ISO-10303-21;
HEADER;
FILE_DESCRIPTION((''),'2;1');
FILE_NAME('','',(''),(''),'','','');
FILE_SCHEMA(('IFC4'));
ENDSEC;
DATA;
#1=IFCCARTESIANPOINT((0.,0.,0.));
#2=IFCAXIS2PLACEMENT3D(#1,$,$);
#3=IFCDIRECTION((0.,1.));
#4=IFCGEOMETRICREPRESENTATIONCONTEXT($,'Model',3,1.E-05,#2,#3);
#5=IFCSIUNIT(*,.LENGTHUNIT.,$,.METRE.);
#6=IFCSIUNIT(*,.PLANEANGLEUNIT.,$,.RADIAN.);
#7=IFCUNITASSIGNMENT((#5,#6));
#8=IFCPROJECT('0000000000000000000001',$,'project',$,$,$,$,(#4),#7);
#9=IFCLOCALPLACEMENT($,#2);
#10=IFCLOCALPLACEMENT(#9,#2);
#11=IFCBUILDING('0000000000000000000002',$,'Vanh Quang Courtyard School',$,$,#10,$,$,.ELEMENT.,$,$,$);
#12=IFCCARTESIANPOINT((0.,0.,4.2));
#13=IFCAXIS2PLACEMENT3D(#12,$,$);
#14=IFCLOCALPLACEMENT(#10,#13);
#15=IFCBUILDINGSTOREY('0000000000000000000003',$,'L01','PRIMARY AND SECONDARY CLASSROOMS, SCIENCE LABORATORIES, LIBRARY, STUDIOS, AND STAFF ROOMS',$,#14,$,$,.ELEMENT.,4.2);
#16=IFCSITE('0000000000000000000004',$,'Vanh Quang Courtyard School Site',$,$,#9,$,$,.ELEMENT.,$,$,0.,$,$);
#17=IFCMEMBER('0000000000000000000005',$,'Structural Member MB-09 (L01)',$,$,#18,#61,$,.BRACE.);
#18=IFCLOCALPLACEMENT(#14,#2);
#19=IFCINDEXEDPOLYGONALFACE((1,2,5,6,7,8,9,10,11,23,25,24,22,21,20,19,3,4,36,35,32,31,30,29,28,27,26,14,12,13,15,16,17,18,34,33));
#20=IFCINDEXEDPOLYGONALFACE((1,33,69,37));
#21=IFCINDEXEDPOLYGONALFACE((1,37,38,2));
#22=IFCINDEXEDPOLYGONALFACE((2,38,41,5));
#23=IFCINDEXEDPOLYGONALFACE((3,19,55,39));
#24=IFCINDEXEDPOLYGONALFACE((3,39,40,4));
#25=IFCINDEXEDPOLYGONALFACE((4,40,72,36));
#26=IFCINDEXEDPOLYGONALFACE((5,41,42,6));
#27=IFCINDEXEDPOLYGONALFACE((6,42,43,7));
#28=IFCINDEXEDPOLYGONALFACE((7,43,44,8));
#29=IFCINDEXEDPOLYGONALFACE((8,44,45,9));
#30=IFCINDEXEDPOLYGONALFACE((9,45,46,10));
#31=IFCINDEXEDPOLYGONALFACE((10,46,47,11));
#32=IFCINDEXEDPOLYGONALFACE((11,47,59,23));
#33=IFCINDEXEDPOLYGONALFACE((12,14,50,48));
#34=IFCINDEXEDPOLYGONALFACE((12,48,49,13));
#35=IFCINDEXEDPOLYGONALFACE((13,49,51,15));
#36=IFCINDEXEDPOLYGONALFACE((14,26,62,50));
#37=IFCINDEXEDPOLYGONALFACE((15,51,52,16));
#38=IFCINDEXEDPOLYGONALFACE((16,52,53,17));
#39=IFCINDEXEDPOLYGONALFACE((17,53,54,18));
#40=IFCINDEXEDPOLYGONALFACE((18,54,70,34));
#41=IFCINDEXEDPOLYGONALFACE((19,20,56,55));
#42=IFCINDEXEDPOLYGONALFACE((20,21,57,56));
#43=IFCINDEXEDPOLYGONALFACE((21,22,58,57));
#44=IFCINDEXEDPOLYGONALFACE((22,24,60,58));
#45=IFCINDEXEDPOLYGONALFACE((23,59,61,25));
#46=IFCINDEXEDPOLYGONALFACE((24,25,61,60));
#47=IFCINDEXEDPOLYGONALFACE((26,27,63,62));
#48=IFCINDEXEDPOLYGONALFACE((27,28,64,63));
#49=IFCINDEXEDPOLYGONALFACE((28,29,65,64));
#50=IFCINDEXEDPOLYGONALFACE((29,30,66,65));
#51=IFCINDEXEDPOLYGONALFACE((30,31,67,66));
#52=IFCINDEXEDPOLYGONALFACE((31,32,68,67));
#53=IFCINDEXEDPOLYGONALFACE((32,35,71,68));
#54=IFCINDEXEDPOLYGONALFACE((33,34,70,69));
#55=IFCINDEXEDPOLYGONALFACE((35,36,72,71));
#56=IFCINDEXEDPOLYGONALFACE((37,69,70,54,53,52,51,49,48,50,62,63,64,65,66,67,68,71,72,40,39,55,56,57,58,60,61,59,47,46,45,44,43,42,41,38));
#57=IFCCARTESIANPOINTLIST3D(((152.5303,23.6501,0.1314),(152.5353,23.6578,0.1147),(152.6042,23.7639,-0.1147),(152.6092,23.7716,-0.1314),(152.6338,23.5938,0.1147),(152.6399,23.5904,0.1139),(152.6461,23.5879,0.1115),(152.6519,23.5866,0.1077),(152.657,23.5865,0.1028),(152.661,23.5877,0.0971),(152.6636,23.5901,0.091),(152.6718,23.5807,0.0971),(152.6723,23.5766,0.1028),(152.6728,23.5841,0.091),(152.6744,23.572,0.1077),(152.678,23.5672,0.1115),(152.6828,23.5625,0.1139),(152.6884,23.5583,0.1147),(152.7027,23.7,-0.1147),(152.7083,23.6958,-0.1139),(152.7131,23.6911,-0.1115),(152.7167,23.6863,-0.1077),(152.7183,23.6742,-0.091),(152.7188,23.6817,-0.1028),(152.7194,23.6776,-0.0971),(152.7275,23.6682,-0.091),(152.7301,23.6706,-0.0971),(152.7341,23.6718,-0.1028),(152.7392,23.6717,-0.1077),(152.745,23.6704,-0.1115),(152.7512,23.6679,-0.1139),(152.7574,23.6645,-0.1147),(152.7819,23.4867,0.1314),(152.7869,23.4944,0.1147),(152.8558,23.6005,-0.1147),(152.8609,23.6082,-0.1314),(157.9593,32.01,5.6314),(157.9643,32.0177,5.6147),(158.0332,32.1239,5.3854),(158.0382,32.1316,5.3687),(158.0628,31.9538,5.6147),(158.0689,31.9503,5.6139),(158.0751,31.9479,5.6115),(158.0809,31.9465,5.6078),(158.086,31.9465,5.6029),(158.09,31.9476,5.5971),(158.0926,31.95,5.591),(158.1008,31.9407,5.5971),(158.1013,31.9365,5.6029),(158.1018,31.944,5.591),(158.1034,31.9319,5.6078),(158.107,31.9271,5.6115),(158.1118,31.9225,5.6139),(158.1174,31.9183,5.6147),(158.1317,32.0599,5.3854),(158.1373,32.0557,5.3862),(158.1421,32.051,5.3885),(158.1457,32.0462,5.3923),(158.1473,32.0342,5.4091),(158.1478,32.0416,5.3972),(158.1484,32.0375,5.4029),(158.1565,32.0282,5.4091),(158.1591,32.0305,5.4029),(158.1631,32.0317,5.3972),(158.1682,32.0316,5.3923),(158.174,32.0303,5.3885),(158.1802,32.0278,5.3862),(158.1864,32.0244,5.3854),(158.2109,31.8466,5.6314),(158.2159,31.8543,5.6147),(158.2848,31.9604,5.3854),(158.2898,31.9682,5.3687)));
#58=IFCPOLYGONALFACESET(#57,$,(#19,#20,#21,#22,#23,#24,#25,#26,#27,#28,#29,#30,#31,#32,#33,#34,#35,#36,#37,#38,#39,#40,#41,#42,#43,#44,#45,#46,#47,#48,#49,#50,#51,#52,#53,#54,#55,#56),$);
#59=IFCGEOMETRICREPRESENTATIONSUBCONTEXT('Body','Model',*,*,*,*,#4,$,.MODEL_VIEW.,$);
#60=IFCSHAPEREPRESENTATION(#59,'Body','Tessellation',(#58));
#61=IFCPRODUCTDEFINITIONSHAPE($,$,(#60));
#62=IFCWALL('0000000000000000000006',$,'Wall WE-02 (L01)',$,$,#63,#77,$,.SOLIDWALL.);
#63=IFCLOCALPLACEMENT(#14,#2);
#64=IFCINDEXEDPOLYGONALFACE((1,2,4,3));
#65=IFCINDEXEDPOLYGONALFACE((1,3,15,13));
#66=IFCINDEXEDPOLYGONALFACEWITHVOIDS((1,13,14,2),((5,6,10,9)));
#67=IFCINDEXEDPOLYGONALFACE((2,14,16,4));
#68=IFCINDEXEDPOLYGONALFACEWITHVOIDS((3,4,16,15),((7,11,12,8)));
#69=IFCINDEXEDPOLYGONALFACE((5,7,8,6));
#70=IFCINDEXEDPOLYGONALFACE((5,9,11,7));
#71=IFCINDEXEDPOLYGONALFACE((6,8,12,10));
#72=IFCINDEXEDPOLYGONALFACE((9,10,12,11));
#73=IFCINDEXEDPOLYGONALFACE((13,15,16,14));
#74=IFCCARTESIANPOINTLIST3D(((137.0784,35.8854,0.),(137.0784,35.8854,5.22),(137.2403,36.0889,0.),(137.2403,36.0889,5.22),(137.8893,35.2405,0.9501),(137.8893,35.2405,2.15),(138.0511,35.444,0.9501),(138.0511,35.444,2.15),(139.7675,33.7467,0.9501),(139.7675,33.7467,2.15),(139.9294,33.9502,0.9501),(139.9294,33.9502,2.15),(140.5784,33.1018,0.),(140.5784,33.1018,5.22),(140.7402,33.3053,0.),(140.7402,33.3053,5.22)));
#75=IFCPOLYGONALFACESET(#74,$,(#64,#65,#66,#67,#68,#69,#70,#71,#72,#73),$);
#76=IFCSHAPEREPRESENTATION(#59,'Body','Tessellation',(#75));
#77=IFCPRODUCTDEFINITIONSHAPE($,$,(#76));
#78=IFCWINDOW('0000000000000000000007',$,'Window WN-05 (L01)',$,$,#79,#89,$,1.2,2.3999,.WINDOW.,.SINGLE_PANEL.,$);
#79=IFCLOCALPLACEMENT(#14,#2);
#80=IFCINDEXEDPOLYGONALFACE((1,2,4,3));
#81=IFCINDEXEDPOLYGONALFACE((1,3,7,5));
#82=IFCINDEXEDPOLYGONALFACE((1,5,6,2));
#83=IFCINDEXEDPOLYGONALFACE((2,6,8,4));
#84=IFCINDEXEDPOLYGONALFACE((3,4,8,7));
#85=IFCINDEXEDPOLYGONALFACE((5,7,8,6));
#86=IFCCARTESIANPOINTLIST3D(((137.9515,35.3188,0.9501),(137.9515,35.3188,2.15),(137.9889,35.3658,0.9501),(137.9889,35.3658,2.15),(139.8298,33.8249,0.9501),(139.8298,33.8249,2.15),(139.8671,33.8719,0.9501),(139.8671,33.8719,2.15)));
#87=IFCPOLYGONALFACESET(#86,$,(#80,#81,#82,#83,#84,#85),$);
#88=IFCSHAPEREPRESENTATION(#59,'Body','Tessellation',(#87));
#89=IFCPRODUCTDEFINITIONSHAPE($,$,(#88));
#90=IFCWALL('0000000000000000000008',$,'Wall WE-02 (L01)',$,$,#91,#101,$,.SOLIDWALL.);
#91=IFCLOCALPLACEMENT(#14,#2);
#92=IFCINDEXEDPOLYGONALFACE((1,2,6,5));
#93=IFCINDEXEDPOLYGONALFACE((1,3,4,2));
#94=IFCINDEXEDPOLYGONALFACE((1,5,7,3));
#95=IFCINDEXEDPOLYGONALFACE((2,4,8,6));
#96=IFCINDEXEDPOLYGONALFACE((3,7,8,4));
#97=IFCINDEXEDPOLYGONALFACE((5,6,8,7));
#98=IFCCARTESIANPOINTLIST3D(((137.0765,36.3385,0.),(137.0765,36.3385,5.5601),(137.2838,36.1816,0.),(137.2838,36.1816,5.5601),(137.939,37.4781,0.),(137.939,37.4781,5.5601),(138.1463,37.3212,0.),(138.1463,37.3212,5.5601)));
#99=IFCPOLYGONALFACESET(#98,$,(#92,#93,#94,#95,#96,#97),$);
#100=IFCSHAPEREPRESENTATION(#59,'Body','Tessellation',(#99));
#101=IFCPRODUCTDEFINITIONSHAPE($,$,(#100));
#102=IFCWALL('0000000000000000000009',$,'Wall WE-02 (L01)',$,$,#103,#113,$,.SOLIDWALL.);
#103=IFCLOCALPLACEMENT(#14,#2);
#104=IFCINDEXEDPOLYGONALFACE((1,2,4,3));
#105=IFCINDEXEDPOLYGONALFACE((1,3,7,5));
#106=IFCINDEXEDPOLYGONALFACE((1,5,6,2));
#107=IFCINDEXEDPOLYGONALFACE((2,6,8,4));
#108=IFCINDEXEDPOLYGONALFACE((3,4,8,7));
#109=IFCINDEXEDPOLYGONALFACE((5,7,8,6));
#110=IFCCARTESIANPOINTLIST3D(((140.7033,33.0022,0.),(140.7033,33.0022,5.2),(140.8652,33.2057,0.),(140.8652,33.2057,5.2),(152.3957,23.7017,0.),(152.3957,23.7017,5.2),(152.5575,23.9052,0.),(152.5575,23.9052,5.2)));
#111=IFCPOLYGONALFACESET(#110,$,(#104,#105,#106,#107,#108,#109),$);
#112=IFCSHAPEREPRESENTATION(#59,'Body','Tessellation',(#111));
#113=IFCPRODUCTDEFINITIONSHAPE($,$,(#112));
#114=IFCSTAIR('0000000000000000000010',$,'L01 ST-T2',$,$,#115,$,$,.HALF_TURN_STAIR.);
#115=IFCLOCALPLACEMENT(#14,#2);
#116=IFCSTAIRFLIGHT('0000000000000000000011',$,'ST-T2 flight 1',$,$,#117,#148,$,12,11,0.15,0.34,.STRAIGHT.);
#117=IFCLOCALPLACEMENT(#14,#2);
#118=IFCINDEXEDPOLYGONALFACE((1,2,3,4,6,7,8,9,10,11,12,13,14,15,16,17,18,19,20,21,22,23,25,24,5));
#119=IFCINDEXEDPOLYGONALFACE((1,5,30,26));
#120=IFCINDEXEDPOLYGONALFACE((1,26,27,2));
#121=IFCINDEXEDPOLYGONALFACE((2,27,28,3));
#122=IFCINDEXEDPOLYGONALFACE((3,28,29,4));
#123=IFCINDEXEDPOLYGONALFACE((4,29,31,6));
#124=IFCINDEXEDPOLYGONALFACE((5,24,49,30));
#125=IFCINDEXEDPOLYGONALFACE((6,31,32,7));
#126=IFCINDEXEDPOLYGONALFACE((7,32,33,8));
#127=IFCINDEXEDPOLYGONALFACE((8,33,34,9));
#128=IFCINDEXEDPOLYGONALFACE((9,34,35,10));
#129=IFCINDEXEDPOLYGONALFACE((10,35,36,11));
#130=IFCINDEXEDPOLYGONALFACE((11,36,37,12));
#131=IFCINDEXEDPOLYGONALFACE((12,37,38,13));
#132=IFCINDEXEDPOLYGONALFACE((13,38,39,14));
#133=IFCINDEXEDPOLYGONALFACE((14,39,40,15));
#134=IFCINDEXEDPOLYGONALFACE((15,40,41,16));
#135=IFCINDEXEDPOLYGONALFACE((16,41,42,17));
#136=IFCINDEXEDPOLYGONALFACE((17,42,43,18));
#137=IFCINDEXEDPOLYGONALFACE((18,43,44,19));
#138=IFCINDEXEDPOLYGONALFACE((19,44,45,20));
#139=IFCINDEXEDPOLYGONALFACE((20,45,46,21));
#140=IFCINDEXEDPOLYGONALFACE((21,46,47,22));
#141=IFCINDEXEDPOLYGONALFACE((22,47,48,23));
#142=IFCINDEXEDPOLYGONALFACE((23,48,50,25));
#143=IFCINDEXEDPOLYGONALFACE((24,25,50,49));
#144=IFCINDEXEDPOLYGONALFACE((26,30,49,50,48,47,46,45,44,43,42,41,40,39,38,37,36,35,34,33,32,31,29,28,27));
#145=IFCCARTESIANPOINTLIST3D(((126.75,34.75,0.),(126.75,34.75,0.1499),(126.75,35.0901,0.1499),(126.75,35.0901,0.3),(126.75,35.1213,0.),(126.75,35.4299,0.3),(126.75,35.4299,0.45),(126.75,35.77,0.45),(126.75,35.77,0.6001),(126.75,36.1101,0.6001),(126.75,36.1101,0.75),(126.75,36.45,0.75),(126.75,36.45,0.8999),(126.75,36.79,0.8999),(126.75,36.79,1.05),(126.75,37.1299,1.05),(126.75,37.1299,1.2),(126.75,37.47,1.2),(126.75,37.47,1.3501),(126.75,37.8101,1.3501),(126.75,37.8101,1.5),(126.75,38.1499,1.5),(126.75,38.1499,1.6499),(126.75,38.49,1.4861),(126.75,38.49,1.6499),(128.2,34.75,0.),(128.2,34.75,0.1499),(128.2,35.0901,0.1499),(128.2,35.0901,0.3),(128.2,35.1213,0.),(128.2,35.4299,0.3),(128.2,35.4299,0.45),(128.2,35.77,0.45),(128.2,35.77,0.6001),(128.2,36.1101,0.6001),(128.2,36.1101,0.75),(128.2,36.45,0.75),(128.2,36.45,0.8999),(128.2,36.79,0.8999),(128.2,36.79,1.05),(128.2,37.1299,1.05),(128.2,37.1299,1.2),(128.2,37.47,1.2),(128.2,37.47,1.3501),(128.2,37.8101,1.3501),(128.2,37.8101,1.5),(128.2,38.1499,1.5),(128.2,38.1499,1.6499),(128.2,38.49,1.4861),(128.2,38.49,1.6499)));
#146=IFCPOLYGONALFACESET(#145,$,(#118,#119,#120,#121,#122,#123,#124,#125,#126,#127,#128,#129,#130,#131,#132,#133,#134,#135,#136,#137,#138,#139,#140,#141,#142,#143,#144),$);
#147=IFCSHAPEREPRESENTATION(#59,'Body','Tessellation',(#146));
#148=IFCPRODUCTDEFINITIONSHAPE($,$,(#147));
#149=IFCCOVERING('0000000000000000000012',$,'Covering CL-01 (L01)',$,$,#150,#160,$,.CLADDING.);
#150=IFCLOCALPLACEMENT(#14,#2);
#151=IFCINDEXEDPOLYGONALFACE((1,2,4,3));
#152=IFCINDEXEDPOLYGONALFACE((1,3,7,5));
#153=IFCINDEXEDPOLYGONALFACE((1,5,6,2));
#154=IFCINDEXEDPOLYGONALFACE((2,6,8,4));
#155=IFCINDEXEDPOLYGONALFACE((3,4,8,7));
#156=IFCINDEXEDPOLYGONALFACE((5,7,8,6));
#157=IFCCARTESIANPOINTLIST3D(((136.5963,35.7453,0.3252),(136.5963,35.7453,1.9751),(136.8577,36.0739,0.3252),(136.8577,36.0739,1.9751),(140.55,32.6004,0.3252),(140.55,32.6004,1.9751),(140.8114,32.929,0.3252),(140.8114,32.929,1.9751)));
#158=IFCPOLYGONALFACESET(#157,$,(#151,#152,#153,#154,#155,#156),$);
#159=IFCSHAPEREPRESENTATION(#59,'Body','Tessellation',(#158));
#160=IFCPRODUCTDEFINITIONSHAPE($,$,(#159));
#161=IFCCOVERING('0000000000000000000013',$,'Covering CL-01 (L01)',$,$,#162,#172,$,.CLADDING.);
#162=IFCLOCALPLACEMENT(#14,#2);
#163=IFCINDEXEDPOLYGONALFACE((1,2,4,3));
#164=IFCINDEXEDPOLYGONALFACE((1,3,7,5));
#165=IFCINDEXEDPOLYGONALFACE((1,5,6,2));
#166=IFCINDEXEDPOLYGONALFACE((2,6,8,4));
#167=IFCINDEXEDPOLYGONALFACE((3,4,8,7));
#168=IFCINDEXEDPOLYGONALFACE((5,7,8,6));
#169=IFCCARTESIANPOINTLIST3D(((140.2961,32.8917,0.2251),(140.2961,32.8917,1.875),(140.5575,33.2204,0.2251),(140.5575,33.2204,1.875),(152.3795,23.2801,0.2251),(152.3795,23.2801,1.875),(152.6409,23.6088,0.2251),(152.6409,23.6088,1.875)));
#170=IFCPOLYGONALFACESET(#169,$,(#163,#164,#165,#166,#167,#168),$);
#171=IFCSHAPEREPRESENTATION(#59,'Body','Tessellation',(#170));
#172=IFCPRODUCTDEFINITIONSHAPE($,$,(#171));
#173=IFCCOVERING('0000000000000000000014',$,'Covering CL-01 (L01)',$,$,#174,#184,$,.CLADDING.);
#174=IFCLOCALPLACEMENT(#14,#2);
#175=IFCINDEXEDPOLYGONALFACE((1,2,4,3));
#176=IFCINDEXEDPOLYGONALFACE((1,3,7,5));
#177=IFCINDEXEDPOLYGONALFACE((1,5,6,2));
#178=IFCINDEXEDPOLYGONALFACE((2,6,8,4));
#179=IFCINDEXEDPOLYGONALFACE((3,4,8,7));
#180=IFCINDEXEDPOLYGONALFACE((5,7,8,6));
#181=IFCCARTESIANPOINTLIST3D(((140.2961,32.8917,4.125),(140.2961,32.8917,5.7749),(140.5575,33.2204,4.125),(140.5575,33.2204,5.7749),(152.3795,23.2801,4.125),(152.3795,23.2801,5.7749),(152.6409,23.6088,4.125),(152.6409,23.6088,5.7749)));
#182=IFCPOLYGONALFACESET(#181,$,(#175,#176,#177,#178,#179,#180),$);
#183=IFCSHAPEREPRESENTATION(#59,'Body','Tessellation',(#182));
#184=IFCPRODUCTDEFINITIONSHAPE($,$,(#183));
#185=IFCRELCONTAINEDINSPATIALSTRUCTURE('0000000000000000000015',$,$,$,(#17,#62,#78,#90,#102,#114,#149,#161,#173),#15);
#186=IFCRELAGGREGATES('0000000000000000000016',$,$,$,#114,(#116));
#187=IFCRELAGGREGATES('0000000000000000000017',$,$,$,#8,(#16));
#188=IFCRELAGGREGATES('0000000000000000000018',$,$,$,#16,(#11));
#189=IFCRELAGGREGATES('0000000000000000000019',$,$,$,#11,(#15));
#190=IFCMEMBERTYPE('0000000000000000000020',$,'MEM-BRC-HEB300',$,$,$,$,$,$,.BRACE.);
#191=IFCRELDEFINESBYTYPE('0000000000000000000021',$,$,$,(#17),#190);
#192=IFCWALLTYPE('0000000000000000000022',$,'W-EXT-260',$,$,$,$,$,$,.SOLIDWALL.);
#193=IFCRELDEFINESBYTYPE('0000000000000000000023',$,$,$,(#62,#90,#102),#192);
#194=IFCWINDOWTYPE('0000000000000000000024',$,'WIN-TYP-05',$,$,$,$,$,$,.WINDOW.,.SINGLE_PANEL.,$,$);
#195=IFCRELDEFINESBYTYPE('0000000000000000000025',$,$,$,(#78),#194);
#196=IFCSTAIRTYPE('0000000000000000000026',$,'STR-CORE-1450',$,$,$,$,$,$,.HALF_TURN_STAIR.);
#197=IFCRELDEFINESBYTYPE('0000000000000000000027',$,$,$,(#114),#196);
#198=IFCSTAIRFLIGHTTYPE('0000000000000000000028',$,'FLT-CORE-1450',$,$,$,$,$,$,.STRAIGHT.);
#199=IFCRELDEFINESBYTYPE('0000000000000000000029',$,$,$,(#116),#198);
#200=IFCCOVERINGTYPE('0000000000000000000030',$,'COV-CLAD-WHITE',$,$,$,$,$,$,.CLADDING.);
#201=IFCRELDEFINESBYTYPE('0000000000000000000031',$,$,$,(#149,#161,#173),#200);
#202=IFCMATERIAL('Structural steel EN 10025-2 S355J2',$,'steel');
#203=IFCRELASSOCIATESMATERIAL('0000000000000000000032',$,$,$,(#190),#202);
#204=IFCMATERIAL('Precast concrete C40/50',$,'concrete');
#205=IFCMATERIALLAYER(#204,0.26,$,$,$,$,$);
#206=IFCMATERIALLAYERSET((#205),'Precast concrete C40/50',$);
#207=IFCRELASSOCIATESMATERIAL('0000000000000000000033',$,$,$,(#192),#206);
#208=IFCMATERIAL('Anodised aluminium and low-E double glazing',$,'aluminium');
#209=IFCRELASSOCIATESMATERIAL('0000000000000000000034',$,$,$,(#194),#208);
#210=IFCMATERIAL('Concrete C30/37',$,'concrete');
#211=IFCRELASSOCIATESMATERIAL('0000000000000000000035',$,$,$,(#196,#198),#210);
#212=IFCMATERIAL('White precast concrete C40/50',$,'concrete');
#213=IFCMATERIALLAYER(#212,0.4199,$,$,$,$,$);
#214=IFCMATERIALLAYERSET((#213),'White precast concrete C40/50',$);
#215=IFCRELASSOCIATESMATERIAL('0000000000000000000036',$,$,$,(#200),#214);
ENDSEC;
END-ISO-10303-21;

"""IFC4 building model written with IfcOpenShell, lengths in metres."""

from ifc_helpers import new_model, si_unit, direction, frame, frame_2d, origin, origin_2d, place, context, subcontext, project, spatial, polyline, rectangle, i_section, outline, extrude, material, layer, layer_set, material_profile, profile_set, type_object, element, fill, aggregate, save


model = new_model("IFC4")

# Units and contexts
model_context = context("Model", 3, precision=1e-05, world=origin(), true_north=direction((0.0, 1.0)))
body_context = subcontext(model_context, "Body", "Model", "MODEL_VIEW")
ifc_project = project(units=[si_unit("LENGTHUNIT", "METRE"), si_unit("PLANEANGLEUNIT", "RADIAN")], contexts=[model_context])

# Site, building, storey
site_placement = place(None, origin())
site = spatial("IfcSite", under=ifc_project, at=site_placement, Name="Vanh Quang Courtyard School Site", CompositionType="ELEMENT", RefElevation=0.0)
building_placement = place(site_placement, origin())
building = spatial("IfcBuilding", under=site, at=building_placement, Name="Vanh Quang Courtyard School", CompositionType="ELEMENT")
storey_placement = place(building_placement, frame((0.0, 0.0, 4.2)))
storey = spatial("IfcBuildingStorey", under=building, at=storey_placement, Name="L01", Description="PRIMARY AND SECONDARY CLASSROOMS, SCIENCE LABORATORIES, LIBRARY, STUDIOS, AND STAFF ROOMS", CompositionType="ELEMENT", Elevation=4.2)

# Shared definitions
ifc_material_1 = material(Name="Structural steel EN 10025-2 S355J2", Category="steel")

# Member
ifc_material_profile_1 = material_profile(ifc_material_1, i_section(OverallWidth=0.3, OverallDepth=0.3, WebThickness=0.011, FlangeThickness=0.019, FilletRadius=0.0271, at=origin_2d()), Name="HEB 300")
ifc_profile_set_1 = profile_set([ifc_material_profile_1], Name="Structural steel EN 10025-2 S355J2")
member_type = type_object("IfcMemberType", Name="MEM-BRC-HEB300", PredefinedType="BRACE", material=ifc_profile_set_1)
member_placement = place(storey_placement, frame((152.6956, 23.6292, 0.0), z_axis=(0.476865, 0.734308, 0.483105), x_axis=(-0.838671, 0.544639, 0.0)))
element("IfcMember", 1, at=member_placement, inside=storey, type_object=member_type, Name="Structural Member MB-09 (L01)", PredefinedType="BRACE", context=body_context, shape_type="SweptSolid", body=[
    extrude(i_section(OverallWidth=0.3, OverallDepth=0.3, WebThickness=0.011, FlangeThickness=0.019, FilletRadius=0.0271, at=origin_2d()), origin(), (0.0, 0.0, 1.0), 11.3848),
])

# Wall, opening, window
ifc_material_2 = material(Name="Precast concrete C40/50", Category="concrete")
ifc_layer_1 = layer(ifc_material_2, 0.26)
ifc_layer_set_1 = layer_set([ifc_layer_1], Name="Precast concrete C40/50")
wall_type = type_object("IfcWallType", Name="W-EXT-260", PredefinedType="SOLIDWALL", material=ifc_layer_set_1)
wall_1_placement = place(storey_placement, frame((140.6592, 33.2036, 0.0), z_axis=(0.0, 0.0, 1.0), x_axis=(-0.782645, 0.622469, 0.0)))
wall_1 = element("IfcWall", 2, at=wall_1_placement, inside=storey, type_object=wall_type, Name="Wall WE-02 (L01)", PredefinedType="SOLIDWALL", context=body_context, shape_type="SweptSolid", body=[
    extrude(rectangle(XDim=4.4719, YDim=0.26, at=frame_2d((2.2358, 0.0))), origin(), (0.0, 0.0, 1.0), 5.22),
])
opening_placement = place(wall_1_placement, frame((1.0359, 0.0, 0.95)))
opening = element("IfcOpeningElement", 3, at=opening_placement, cuts=wall_1, PredefinedType="OPENING", context=body_context, shape_type="SweptSolid", body=[
    extrude(rectangle(XDim=2.3999, YDim=1.2, at=frame_2d((1.2, 0.6001))), frame((0.0, 0.1401, 0.0), z_axis=(0.0, -1.0, 0.0), x_axis=(1.0, 0.0, 0.0)), (0.0, 0.0, 1.0), 0.28),
])
ifc_material_3 = material(Name="Anodised aluminium and low-E double glazing", Category="aluminium")
window_type = type_object("IfcWindowType", Name="WIN-TYP-05", PartitioningType="SINGLE_PANEL", PredefinedType="WINDOW", material=ifc_material_3)
window_placement = place(opening_placement, origin())
window = element("IfcWindow", 4, at=window_placement, inside=storey, type_object=window_type, Name="Window WN-05 (L01)", OverallHeight=1.2, OverallWidth=2.3999, PartitioningType="SINGLE_PANEL", PredefinedType="WINDOW", context=body_context, shape_type="SweptSolid", body=[
    extrude(rectangle(XDim=2.3999, YDim=1.2, at=frame_2d((1.2, 0.6001))), frame((0.0, 0.03, 0.0), z_axis=(0.0, -1.0, 0.0), x_axis=(1.0, 0.0, 0.0)), (0.0, 0.0, 1.0), 0.0601),
])
fill(opening, window)

# Walls
wall_2_placement = place(storey_placement, frame((137.1802, 36.26, 0.0), z_axis=(0.0, 0.0, 1.0), x_axis=(0.603493, 0.797369, 0.0)))
element("IfcWall", 5, at=wall_2_placement, inside=storey, type_object=wall_type, Name="Wall WE-02 (L01)", PredefinedType="SOLIDWALL", context=body_context, shape_type="SweptSolid", body=[
    extrude(rectangle(XDim=1.4292, YDim=0.26, at=frame_2d((0.7146, 0.0))), origin(), (0.0, 0.0, 1.0), 5.5601),
])
wall_3_placement = place(storey_placement, frame((140.7842, 33.104, 0.0), z_axis=(0.0, 0.0, 1.0), x_axis=(0.782608, -0.622514, 0.0)))
element("IfcWall", 6, at=wall_3_placement, inside=storey, type_object=wall_type, Name="Wall WE-02 (L01)", PredefinedType="SOLIDWALL", context=body_context, shape_type="SweptSolid", body=[
    extrude(rectangle(XDim=14.9402, YDim=0.26, at=frame_2d((7.4702, 0.0))), origin(), (0.0, 0.0, 1.0), 5.2),
])

# Stair, stair flight
ifc_material_4 = material(Name="Concrete C30/37", Category="concrete")
stair_type = type_object("IfcStairType", Name="STR-CORE-1450", PredefinedType="HALF_TURN_STAIR", material=ifc_material_4)
stair_placement = place(storey_placement, origin())
stair = element("IfcStair", 7, at=stair_placement, inside=storey, type_object=stair_type, Name="L01 ST-T2", PredefinedType="HALF_TURN_STAIR")
stair_flight_type = type_object("IfcStairFlightType", Name="FLT-CORE-1450", PredefinedType="STRAIGHT", material=ifc_material_4)
stair_flight_placement = place(storey_placement, frame((127.4751, 34.75, 0.0), z_axis=(0.0, 0.0, 1.0), x_axis=(0.0, 1.0, 0.0)))
stair_flight = element("IfcStairFlight", 8, at=stair_flight_placement, type_object=stair_flight_type, Name="ST-T2 flight 1", NumberOfRisers=12, NumberOfTreads=11, PredefinedType="STRAIGHT", RiserHeight=0.15, TreadLength=0.34, context=body_context, shape_type="SweptSolid", body=[
    extrude(outline(polyline([(0.0, 0.0), (0.0, 0.1499), (0.3401, 0.1499), (0.3401, 0.3), (0.6799, 0.3), (0.6799, 0.45), (1.02, 0.45), (1.02, 0.6001), (1.3601, 0.6001), (1.3601, 0.75), (1.7, 0.75), (1.7, 0.8999), (2.04, 0.8999), (2.04, 1.05), (2.3799, 1.05), (2.3799, 1.2), (2.72, 1.2), (2.72, 1.3501), (3.0601, 1.3501), (3.0601, 1.5), (3.3999, 1.5), (3.3999, 1.6499), (3.74, 1.6499), (3.74, 1.8), (3.74, 1.4861), (0.3713, 0.0), (0.0, 0.0)])), frame((0.0, 0.7251, 0.0), z_axis=(0.0, -1.0, 0.0), x_axis=(1.0, 0.0, 0.0)), (0.0, 0.0, 1.0), 1.45),
])
aggregate(stair, [stair_flight])

# Coverings
ifc_material_5 = material(Name="White precast concrete C40/50", Category="concrete")
ifc_layer_2 = layer(ifc_material_5, 0.4199)
ifc_layer_set_2 = layer_set([ifc_layer_2], Name="White precast concrete C40/50")
covering_type = type_object("IfcCoveringType", Name="COV-CLAD-WHITE", PredefinedType="CLADDING", material=ifc_layer_set_2)
covering_placement = place(storey_placement, frame((138.7039, 34.3372, 0.3252), z_axis=(0.0, 0.0, 1.0), x_axis=(-0.782608, 0.622515, 0.0)))
element("IfcCovering", 9, at=covering_placement, inside=storey, type_object=covering_type, Name="Covering CL-01 (L01)", PredefinedType="CLADDING", context=body_context, shape_type="SweptSolid", body=[
    extrude(rectangle(XDim=5.052, YDim=0.4199, at=origin_2d()), origin(), (0.0, 0.0, 1.0), 1.6499),
])
for number, where, z_axis, x_axis, name in (
    (10, (146.4685, 28.2502, 0.2251), (0.0, 0.0, 1.0), (0.782608, -0.622515, 0.0), "Covering CL-01 (L01)"),
    (11, (146.4685, 28.2502, 4.125), (0.0, 0.0, 1.0), (0.782608, -0.622515, 0.0), "Covering CL-01 (L01)"),
):
    element("IfcCovering", number, at=place(storey_placement, frame(where, z_axis=z_axis, x_axis=x_axis)), inside=storey, type_object=covering_type, Name=name, PredefinedType="CLADDING", context=body_context, shape_type="SweptSolid", body=[
        extrude(rectangle(XDim=15.4399, YDim=0.4199, at=origin_2d()), origin(), (0.0, 0.0, 1.0), 1.6499),
    ])

save(model, "model.ifc")
